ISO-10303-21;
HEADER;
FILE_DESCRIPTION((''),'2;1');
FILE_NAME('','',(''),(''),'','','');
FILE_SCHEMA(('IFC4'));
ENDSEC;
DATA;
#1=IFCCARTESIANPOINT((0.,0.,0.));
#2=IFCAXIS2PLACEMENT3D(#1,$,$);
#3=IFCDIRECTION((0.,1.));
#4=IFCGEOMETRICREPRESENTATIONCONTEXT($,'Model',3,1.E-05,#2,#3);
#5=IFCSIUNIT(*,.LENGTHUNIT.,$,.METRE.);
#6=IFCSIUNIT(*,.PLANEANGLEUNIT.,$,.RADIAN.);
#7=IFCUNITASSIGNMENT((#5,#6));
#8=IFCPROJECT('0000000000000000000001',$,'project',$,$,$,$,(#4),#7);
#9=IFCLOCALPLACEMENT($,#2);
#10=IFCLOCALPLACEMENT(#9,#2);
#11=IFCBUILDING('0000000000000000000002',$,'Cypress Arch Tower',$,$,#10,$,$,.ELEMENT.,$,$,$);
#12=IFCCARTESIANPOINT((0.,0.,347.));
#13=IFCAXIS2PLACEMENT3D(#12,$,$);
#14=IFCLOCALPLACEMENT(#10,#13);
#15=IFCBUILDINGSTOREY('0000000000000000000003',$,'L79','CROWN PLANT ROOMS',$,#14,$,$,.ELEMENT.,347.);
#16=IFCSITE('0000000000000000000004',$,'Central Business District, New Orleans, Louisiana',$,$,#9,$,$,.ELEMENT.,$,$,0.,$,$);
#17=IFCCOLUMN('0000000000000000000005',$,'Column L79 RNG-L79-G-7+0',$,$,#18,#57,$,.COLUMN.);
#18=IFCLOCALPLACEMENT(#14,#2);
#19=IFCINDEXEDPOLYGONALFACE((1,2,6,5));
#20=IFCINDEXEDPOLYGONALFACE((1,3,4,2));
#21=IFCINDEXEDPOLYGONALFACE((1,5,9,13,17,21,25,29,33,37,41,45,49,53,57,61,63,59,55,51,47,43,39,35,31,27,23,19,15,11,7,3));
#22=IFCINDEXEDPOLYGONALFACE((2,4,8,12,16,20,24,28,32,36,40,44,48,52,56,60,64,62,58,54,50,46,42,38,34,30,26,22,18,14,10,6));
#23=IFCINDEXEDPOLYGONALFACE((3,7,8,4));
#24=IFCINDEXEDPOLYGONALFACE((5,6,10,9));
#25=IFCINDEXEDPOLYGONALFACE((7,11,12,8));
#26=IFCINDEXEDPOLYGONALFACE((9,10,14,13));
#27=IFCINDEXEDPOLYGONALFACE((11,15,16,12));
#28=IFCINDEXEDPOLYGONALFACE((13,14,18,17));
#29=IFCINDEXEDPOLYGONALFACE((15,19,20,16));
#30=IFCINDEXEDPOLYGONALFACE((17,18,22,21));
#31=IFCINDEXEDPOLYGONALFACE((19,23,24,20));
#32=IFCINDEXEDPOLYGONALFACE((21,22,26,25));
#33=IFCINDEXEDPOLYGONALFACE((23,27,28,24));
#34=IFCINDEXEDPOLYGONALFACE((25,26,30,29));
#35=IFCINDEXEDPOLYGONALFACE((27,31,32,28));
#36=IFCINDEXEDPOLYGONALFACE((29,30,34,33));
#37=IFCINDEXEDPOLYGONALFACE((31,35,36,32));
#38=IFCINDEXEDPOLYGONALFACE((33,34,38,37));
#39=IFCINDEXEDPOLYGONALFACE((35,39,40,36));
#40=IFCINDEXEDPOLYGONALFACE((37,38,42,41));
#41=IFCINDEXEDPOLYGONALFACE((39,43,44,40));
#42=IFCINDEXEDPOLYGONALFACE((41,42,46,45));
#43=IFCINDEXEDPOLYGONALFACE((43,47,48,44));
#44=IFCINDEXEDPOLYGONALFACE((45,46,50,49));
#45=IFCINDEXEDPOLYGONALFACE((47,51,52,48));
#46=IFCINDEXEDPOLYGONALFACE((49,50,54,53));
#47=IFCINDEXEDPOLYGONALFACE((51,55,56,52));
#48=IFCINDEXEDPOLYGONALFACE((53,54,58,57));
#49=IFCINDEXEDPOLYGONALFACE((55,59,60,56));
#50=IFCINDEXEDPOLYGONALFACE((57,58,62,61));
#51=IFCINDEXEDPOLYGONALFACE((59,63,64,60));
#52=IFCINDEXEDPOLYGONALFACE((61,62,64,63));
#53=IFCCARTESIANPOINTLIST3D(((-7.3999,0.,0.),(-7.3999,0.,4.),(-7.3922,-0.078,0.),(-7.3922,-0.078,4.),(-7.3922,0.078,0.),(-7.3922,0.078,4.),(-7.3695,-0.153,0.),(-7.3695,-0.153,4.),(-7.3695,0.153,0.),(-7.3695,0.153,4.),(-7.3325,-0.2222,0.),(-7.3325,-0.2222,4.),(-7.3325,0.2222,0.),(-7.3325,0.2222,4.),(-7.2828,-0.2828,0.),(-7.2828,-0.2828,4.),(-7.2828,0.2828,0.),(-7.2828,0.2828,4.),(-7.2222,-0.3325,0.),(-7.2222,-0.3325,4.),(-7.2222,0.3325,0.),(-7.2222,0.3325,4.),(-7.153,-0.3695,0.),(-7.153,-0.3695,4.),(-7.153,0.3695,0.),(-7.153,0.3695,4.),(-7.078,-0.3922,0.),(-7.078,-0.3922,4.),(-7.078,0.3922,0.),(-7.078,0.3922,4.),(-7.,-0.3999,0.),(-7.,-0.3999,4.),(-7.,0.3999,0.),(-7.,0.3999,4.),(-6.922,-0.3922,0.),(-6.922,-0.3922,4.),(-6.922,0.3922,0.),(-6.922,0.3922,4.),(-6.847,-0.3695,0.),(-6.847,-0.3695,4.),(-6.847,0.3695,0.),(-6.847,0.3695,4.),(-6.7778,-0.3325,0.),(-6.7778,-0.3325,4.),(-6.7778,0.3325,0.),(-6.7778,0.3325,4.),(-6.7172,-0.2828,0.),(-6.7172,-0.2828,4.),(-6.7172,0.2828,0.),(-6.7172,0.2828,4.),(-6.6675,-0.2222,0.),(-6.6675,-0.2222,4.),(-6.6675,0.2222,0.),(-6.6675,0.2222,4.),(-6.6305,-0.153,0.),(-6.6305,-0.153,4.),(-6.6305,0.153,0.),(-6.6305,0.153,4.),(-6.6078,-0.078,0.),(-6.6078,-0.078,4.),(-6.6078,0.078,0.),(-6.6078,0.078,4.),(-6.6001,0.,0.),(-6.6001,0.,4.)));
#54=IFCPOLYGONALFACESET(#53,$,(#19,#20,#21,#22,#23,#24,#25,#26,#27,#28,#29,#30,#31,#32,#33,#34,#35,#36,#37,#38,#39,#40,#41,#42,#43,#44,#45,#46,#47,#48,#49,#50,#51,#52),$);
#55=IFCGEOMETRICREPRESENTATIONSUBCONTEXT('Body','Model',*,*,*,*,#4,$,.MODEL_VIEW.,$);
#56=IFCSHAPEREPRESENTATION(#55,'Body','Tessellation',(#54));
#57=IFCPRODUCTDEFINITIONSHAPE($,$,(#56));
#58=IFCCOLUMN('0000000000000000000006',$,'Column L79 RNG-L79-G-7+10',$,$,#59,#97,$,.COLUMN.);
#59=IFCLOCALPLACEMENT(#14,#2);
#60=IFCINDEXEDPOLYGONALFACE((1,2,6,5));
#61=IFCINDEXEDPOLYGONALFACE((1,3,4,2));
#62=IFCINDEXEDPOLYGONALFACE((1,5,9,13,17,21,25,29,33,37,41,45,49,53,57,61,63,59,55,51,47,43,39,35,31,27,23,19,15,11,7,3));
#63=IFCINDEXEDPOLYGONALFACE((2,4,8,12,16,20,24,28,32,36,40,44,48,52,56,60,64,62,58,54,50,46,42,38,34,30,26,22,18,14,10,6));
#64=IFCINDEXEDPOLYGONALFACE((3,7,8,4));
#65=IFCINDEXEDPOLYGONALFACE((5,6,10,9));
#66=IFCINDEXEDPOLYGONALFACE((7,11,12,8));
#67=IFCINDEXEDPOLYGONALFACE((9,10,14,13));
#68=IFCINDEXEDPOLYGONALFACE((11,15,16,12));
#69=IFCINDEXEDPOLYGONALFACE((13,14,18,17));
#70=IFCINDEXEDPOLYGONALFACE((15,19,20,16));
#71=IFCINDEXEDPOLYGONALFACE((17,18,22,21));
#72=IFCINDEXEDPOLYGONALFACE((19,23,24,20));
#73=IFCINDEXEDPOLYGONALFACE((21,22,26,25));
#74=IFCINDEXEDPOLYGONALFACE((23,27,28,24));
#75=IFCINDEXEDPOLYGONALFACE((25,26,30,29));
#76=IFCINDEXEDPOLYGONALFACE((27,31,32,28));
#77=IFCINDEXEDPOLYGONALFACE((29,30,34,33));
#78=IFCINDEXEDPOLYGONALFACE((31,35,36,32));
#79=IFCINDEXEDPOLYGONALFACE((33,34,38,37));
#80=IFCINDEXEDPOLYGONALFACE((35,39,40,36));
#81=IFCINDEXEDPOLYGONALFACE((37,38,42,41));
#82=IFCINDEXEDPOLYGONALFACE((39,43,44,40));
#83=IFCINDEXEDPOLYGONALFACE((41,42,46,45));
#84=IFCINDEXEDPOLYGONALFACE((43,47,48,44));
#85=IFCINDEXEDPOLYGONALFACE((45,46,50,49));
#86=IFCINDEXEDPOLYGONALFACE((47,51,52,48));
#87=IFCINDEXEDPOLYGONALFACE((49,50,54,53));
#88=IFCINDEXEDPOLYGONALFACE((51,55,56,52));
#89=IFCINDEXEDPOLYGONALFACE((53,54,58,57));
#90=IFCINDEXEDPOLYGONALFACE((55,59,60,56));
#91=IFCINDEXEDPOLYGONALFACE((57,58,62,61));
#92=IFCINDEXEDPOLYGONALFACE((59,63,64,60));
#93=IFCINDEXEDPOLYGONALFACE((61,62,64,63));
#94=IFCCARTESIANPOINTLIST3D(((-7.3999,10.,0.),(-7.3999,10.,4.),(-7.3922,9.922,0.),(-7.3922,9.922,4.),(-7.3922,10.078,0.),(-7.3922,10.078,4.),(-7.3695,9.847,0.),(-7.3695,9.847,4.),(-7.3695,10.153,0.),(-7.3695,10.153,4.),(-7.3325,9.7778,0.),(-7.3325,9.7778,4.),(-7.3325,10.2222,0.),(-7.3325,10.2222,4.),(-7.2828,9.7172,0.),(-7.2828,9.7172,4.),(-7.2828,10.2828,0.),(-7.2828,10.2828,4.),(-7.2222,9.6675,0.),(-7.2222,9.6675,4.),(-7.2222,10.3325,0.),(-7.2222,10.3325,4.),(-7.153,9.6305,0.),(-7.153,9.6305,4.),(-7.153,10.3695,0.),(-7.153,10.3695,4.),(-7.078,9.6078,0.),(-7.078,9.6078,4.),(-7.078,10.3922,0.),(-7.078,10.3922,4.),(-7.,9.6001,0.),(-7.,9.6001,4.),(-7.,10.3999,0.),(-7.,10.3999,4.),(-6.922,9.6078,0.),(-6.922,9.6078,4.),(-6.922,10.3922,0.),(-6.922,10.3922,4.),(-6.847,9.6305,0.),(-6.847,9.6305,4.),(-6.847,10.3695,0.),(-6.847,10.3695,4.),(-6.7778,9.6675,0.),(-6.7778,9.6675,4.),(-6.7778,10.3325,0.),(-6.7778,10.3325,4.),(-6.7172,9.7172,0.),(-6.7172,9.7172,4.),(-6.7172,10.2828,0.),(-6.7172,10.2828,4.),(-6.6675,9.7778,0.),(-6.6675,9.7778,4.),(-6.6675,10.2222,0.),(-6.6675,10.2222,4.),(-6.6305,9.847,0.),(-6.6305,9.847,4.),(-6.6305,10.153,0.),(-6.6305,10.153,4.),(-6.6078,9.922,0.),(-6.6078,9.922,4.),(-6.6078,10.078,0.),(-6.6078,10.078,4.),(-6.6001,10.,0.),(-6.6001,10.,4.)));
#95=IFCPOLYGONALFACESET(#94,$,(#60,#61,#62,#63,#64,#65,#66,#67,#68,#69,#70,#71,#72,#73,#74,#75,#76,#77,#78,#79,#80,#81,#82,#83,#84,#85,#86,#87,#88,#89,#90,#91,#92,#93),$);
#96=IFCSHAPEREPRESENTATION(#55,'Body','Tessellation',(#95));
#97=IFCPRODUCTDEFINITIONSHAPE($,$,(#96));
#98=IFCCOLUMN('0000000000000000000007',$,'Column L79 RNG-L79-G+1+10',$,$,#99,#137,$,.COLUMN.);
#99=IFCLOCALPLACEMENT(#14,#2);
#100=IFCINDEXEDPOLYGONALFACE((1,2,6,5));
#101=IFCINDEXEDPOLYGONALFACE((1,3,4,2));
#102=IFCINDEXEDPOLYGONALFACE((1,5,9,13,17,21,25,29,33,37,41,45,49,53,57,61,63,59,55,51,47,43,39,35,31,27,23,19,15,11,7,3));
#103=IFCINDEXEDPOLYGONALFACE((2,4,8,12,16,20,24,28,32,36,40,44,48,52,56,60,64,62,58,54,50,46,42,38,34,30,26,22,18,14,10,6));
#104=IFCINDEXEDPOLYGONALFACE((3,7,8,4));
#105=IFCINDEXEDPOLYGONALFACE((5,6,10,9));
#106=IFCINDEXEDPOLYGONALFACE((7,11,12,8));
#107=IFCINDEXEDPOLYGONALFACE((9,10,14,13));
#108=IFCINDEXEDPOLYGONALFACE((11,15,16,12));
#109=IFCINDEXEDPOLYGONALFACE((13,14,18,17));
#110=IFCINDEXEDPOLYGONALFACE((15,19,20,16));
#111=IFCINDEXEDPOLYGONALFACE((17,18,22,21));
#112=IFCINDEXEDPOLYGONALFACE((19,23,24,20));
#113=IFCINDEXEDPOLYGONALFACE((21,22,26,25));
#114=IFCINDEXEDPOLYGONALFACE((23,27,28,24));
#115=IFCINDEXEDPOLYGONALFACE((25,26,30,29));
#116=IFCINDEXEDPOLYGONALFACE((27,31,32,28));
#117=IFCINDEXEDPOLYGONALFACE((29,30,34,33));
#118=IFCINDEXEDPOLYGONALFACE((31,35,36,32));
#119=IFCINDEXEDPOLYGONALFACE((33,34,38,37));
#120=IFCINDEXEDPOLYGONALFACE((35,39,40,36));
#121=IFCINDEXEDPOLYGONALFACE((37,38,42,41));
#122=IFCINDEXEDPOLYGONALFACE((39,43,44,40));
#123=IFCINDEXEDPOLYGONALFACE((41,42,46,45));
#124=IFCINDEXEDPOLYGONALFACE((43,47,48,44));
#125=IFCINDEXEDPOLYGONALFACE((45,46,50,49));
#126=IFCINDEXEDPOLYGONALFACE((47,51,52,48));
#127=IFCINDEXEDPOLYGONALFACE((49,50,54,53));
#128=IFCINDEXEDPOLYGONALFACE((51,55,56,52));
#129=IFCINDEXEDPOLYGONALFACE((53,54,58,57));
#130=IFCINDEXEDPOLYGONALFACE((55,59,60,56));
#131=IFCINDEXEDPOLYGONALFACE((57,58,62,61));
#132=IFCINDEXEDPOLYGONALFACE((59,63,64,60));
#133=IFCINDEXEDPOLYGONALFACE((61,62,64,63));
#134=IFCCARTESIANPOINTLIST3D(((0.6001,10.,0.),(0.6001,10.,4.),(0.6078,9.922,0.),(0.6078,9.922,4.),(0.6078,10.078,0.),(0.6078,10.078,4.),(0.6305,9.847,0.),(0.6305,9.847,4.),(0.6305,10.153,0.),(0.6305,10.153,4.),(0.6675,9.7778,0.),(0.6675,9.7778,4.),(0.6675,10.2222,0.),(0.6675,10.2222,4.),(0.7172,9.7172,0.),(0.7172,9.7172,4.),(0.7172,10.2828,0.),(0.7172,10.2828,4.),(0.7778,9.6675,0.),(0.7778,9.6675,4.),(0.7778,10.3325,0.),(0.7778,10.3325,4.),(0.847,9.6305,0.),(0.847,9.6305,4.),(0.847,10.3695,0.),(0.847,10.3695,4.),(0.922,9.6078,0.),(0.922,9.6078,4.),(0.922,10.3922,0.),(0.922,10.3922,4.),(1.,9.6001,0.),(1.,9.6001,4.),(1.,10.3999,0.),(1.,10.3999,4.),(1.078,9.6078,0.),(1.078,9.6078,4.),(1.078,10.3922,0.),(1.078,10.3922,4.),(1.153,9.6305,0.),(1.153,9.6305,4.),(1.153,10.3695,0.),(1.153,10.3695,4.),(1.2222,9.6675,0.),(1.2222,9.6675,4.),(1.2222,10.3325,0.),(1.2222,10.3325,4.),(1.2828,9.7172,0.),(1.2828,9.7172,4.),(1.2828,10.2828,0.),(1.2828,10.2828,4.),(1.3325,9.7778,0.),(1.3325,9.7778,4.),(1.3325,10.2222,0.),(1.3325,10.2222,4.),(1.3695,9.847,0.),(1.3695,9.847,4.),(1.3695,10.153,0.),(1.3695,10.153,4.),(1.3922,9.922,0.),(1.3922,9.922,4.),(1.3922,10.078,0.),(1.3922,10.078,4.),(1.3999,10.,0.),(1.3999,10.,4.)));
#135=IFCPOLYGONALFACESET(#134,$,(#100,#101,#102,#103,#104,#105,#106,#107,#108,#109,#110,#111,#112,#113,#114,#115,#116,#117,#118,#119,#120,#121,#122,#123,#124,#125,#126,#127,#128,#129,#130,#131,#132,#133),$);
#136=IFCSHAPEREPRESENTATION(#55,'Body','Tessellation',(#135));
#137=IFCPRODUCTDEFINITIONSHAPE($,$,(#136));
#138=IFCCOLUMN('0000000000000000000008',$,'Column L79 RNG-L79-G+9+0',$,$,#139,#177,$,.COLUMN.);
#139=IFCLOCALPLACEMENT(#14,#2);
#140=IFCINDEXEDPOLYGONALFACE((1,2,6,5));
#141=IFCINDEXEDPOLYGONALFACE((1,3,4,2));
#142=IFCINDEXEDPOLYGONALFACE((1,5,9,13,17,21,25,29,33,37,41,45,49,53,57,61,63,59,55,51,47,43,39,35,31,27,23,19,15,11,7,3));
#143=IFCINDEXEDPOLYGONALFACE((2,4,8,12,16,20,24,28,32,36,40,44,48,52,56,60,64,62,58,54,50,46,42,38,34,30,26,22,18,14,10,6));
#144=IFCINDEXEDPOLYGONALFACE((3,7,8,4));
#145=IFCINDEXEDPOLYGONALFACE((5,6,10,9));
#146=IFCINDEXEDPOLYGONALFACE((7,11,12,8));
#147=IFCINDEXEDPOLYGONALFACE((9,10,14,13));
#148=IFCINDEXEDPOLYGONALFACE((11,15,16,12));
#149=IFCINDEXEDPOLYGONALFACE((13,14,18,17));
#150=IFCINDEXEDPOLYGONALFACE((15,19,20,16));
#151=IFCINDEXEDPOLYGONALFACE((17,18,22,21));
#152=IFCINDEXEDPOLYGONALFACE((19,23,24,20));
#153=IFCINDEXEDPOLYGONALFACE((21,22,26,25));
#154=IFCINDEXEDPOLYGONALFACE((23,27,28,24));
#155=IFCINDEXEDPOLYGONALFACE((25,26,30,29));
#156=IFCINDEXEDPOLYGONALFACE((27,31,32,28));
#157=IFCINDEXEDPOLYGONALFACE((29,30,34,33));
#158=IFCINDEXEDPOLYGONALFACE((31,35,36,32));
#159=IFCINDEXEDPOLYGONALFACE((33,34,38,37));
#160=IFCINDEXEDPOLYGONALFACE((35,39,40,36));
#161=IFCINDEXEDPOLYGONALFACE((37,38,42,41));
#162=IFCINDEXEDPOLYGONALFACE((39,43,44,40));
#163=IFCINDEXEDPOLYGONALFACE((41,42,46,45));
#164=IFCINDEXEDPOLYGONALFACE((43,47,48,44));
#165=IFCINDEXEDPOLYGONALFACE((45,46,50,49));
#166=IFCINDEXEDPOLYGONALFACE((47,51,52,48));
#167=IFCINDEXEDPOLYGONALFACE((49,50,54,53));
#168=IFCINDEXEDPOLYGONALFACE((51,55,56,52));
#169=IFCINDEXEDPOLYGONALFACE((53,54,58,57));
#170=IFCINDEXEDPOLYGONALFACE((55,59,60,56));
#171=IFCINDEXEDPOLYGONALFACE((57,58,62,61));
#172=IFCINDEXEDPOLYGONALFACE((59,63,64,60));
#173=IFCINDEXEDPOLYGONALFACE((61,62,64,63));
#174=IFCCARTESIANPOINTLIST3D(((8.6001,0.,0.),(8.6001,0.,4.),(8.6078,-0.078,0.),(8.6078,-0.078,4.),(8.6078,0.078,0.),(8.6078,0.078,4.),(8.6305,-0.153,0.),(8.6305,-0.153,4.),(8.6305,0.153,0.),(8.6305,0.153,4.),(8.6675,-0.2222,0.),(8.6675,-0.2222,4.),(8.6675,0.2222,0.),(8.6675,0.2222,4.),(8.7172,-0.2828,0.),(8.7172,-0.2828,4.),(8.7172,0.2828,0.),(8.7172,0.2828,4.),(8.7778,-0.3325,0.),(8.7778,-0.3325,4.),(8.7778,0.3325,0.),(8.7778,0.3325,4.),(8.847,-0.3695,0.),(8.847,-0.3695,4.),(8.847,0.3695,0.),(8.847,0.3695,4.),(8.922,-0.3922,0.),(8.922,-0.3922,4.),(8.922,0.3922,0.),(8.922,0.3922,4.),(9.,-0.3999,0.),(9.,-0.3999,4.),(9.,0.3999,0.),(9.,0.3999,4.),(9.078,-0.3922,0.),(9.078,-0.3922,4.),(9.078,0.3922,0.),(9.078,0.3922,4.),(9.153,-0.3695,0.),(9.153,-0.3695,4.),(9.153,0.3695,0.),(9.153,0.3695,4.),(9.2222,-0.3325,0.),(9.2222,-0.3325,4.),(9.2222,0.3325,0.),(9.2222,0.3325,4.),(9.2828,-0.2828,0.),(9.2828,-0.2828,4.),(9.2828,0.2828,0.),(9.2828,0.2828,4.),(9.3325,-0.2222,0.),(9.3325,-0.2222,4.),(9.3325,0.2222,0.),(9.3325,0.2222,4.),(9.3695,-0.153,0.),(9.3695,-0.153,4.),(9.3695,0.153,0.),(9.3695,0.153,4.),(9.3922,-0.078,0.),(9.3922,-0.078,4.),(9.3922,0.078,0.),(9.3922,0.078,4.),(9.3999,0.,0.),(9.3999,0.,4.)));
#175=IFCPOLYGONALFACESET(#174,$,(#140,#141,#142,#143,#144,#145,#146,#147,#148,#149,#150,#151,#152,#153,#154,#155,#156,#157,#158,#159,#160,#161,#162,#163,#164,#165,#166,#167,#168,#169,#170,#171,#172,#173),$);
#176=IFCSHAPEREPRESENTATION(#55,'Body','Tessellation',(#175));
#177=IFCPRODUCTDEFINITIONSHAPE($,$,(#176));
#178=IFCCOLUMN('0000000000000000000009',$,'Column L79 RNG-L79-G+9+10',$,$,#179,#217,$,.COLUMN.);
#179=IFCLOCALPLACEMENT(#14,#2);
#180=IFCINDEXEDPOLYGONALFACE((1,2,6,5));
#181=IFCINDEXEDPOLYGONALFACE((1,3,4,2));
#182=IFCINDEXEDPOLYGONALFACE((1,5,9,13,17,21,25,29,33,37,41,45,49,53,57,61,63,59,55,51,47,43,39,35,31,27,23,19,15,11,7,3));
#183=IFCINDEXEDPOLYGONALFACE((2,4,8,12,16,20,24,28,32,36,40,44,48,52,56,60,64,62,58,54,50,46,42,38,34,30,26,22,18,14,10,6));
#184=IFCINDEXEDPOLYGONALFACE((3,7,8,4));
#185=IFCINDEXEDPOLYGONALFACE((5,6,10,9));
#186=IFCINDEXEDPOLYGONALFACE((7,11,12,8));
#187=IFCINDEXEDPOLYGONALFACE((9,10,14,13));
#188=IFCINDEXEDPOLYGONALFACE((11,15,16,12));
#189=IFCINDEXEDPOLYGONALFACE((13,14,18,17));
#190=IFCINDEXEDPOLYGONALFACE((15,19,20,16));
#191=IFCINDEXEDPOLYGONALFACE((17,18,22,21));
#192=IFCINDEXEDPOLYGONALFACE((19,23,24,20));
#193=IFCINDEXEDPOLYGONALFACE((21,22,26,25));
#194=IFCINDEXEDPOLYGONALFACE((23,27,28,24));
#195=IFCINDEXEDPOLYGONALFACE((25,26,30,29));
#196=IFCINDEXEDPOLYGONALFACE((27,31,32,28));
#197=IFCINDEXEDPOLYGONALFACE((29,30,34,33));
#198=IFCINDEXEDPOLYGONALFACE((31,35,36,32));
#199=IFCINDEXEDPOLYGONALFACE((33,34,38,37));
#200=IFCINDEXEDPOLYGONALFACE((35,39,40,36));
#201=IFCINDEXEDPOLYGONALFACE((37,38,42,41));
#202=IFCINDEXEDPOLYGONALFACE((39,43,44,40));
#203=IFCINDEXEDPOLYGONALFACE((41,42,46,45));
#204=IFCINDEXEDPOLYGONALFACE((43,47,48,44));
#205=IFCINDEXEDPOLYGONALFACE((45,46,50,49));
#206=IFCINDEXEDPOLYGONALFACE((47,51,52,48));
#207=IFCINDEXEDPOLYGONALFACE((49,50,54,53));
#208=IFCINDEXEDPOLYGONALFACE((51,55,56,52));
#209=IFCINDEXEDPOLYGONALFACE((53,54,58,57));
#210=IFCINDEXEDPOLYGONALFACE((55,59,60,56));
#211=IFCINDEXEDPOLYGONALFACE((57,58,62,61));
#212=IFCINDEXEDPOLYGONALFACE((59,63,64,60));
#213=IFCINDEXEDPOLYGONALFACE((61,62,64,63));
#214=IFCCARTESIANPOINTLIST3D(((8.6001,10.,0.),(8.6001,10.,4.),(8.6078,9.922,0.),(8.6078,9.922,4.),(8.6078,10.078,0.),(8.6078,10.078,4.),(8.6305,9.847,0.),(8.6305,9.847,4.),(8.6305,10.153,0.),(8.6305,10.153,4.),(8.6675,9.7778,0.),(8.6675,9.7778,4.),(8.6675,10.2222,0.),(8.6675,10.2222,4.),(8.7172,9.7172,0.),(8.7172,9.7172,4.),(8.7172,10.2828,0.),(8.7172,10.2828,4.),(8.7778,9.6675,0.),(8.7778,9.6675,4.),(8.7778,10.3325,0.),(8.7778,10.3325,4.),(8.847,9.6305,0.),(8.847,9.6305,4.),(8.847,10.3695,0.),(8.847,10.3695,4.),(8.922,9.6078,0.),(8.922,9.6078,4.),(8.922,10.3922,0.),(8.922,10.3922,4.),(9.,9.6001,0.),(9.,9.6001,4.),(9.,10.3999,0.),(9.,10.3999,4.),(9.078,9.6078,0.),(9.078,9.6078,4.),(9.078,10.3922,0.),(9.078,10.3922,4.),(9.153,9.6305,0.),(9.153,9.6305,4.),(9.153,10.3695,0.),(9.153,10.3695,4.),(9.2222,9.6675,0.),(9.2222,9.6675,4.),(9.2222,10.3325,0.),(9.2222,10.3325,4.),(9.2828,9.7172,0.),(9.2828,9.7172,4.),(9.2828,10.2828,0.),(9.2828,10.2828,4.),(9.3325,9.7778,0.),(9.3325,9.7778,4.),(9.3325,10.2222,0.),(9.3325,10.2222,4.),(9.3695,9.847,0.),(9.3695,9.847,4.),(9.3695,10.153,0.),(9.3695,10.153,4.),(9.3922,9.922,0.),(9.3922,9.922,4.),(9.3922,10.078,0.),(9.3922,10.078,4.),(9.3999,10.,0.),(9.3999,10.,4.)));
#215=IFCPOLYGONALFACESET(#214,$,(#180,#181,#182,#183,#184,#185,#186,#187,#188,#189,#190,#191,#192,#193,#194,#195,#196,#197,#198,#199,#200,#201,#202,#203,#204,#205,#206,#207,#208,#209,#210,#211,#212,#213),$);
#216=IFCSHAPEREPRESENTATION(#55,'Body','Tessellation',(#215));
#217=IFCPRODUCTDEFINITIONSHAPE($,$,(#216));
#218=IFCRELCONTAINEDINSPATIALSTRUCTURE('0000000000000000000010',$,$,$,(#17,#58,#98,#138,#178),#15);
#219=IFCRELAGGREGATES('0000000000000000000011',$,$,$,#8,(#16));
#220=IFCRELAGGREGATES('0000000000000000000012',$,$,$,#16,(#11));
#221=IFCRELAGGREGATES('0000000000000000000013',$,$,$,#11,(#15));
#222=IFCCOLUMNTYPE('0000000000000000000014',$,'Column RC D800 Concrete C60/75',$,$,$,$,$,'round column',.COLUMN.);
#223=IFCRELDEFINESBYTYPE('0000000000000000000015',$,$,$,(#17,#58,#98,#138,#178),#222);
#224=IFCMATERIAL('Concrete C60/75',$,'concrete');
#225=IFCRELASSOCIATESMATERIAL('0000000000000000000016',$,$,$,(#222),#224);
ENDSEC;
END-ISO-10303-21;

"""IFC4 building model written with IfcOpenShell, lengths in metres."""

from ifc_helpers import new_model, si_unit, direction, frame, origin, origin_2d, place, context, subcontext, project, spatial, circle, extrude, material, material_profile, profile_set, type_object, element, save


model = new_model("IFC4")

# Units and contexts
model_context = context("Model", 3, precision=1e-05, world=origin(), true_north=direction((0.0, 1.0)))
body_context = subcontext(model_context, "Body", "Model", "MODEL_VIEW")
ifc_project = project(units=[si_unit("LENGTHUNIT", "METRE"), si_unit("PLANEANGLEUNIT", "RADIAN")], contexts=[model_context])

# Site, building, storey
site_placement = place(None, origin())
site = spatial("IfcSite", under=ifc_project, at=site_placement, Name="Central Business District, New Orleans, Louisiana", CompositionType="ELEMENT", RefElevation=0.0)
building_placement = place(site_placement, origin())
building = spatial("IfcBuilding", under=site, at=building_placement, Name="Cypress Arch Tower", CompositionType="ELEMENT")
storey_placement = place(building_placement, frame((0.0, 0.0, 347.0)))
storey = spatial("IfcBuildingStorey", under=building, at=storey_placement, Name="L79", Description="CROWN PLANT ROOMS", CompositionType="ELEMENT", Elevation=347.0)

# Columns
ifc_material_1 = material(Name="Concrete C60/75", Category="concrete")
ifc_material_profile = material_profile(ifc_material_1, circle(Radius=0.3999, at=origin_2d()), Name="RC D800")
ifc_profile_set = profile_set([ifc_material_profile], Name="Concrete C60/75")
column_type = type_object("IfcColumnType", Name="Column RC D800 Concrete C60/75", ElementType="round column", PredefinedType="COLUMN", material=ifc_profile_set)
for number, where, z_axis, x_axis, name in (
    (1, (-7.0, 0.0, 0.0), (0.0, 0.0, 1.0), (1.0, 0.0, 0.0), "Column L79 RNG-L79-G-7+0"),
    (2, (-7.0, 10.0, 0.0), (0.0, 0.0, 1.0), (1.0, 0.0, 0.0), "Column L79 RNG-L79-G-7+10"),
    (3, (1.0, 10.0, 0.0), (0.0, 0.0, 1.0), (1.0, 0.0, 0.0), "Column L79 RNG-L79-G+1+10"),
    (4, (9.0, 0.0, 0.0), (0.0, 0.0, 1.0), (1.0, 0.0, 0.0), "Column L79 RNG-L79-G+9+0"),
    (5, (9.0, 10.0, 0.0), (0.0, 0.0, 1.0), (1.0, 0.0, 0.0), "Column L79 RNG-L79-G+9+10"),
):
    element("IfcColumn", number, at=place(storey_placement, frame(where, z_axis=z_axis, x_axis=x_axis)), inside=storey, type_object=column_type, Name=name, PredefinedType="COLUMN", context=body_context, shape_type="SweptSolid", body=[
        extrude(circle(Radius=0.3999, at=origin_2d()), origin(), (0.0, 0.0, 1.0), 4.0),
    ])

save(model, "model.ifc")
